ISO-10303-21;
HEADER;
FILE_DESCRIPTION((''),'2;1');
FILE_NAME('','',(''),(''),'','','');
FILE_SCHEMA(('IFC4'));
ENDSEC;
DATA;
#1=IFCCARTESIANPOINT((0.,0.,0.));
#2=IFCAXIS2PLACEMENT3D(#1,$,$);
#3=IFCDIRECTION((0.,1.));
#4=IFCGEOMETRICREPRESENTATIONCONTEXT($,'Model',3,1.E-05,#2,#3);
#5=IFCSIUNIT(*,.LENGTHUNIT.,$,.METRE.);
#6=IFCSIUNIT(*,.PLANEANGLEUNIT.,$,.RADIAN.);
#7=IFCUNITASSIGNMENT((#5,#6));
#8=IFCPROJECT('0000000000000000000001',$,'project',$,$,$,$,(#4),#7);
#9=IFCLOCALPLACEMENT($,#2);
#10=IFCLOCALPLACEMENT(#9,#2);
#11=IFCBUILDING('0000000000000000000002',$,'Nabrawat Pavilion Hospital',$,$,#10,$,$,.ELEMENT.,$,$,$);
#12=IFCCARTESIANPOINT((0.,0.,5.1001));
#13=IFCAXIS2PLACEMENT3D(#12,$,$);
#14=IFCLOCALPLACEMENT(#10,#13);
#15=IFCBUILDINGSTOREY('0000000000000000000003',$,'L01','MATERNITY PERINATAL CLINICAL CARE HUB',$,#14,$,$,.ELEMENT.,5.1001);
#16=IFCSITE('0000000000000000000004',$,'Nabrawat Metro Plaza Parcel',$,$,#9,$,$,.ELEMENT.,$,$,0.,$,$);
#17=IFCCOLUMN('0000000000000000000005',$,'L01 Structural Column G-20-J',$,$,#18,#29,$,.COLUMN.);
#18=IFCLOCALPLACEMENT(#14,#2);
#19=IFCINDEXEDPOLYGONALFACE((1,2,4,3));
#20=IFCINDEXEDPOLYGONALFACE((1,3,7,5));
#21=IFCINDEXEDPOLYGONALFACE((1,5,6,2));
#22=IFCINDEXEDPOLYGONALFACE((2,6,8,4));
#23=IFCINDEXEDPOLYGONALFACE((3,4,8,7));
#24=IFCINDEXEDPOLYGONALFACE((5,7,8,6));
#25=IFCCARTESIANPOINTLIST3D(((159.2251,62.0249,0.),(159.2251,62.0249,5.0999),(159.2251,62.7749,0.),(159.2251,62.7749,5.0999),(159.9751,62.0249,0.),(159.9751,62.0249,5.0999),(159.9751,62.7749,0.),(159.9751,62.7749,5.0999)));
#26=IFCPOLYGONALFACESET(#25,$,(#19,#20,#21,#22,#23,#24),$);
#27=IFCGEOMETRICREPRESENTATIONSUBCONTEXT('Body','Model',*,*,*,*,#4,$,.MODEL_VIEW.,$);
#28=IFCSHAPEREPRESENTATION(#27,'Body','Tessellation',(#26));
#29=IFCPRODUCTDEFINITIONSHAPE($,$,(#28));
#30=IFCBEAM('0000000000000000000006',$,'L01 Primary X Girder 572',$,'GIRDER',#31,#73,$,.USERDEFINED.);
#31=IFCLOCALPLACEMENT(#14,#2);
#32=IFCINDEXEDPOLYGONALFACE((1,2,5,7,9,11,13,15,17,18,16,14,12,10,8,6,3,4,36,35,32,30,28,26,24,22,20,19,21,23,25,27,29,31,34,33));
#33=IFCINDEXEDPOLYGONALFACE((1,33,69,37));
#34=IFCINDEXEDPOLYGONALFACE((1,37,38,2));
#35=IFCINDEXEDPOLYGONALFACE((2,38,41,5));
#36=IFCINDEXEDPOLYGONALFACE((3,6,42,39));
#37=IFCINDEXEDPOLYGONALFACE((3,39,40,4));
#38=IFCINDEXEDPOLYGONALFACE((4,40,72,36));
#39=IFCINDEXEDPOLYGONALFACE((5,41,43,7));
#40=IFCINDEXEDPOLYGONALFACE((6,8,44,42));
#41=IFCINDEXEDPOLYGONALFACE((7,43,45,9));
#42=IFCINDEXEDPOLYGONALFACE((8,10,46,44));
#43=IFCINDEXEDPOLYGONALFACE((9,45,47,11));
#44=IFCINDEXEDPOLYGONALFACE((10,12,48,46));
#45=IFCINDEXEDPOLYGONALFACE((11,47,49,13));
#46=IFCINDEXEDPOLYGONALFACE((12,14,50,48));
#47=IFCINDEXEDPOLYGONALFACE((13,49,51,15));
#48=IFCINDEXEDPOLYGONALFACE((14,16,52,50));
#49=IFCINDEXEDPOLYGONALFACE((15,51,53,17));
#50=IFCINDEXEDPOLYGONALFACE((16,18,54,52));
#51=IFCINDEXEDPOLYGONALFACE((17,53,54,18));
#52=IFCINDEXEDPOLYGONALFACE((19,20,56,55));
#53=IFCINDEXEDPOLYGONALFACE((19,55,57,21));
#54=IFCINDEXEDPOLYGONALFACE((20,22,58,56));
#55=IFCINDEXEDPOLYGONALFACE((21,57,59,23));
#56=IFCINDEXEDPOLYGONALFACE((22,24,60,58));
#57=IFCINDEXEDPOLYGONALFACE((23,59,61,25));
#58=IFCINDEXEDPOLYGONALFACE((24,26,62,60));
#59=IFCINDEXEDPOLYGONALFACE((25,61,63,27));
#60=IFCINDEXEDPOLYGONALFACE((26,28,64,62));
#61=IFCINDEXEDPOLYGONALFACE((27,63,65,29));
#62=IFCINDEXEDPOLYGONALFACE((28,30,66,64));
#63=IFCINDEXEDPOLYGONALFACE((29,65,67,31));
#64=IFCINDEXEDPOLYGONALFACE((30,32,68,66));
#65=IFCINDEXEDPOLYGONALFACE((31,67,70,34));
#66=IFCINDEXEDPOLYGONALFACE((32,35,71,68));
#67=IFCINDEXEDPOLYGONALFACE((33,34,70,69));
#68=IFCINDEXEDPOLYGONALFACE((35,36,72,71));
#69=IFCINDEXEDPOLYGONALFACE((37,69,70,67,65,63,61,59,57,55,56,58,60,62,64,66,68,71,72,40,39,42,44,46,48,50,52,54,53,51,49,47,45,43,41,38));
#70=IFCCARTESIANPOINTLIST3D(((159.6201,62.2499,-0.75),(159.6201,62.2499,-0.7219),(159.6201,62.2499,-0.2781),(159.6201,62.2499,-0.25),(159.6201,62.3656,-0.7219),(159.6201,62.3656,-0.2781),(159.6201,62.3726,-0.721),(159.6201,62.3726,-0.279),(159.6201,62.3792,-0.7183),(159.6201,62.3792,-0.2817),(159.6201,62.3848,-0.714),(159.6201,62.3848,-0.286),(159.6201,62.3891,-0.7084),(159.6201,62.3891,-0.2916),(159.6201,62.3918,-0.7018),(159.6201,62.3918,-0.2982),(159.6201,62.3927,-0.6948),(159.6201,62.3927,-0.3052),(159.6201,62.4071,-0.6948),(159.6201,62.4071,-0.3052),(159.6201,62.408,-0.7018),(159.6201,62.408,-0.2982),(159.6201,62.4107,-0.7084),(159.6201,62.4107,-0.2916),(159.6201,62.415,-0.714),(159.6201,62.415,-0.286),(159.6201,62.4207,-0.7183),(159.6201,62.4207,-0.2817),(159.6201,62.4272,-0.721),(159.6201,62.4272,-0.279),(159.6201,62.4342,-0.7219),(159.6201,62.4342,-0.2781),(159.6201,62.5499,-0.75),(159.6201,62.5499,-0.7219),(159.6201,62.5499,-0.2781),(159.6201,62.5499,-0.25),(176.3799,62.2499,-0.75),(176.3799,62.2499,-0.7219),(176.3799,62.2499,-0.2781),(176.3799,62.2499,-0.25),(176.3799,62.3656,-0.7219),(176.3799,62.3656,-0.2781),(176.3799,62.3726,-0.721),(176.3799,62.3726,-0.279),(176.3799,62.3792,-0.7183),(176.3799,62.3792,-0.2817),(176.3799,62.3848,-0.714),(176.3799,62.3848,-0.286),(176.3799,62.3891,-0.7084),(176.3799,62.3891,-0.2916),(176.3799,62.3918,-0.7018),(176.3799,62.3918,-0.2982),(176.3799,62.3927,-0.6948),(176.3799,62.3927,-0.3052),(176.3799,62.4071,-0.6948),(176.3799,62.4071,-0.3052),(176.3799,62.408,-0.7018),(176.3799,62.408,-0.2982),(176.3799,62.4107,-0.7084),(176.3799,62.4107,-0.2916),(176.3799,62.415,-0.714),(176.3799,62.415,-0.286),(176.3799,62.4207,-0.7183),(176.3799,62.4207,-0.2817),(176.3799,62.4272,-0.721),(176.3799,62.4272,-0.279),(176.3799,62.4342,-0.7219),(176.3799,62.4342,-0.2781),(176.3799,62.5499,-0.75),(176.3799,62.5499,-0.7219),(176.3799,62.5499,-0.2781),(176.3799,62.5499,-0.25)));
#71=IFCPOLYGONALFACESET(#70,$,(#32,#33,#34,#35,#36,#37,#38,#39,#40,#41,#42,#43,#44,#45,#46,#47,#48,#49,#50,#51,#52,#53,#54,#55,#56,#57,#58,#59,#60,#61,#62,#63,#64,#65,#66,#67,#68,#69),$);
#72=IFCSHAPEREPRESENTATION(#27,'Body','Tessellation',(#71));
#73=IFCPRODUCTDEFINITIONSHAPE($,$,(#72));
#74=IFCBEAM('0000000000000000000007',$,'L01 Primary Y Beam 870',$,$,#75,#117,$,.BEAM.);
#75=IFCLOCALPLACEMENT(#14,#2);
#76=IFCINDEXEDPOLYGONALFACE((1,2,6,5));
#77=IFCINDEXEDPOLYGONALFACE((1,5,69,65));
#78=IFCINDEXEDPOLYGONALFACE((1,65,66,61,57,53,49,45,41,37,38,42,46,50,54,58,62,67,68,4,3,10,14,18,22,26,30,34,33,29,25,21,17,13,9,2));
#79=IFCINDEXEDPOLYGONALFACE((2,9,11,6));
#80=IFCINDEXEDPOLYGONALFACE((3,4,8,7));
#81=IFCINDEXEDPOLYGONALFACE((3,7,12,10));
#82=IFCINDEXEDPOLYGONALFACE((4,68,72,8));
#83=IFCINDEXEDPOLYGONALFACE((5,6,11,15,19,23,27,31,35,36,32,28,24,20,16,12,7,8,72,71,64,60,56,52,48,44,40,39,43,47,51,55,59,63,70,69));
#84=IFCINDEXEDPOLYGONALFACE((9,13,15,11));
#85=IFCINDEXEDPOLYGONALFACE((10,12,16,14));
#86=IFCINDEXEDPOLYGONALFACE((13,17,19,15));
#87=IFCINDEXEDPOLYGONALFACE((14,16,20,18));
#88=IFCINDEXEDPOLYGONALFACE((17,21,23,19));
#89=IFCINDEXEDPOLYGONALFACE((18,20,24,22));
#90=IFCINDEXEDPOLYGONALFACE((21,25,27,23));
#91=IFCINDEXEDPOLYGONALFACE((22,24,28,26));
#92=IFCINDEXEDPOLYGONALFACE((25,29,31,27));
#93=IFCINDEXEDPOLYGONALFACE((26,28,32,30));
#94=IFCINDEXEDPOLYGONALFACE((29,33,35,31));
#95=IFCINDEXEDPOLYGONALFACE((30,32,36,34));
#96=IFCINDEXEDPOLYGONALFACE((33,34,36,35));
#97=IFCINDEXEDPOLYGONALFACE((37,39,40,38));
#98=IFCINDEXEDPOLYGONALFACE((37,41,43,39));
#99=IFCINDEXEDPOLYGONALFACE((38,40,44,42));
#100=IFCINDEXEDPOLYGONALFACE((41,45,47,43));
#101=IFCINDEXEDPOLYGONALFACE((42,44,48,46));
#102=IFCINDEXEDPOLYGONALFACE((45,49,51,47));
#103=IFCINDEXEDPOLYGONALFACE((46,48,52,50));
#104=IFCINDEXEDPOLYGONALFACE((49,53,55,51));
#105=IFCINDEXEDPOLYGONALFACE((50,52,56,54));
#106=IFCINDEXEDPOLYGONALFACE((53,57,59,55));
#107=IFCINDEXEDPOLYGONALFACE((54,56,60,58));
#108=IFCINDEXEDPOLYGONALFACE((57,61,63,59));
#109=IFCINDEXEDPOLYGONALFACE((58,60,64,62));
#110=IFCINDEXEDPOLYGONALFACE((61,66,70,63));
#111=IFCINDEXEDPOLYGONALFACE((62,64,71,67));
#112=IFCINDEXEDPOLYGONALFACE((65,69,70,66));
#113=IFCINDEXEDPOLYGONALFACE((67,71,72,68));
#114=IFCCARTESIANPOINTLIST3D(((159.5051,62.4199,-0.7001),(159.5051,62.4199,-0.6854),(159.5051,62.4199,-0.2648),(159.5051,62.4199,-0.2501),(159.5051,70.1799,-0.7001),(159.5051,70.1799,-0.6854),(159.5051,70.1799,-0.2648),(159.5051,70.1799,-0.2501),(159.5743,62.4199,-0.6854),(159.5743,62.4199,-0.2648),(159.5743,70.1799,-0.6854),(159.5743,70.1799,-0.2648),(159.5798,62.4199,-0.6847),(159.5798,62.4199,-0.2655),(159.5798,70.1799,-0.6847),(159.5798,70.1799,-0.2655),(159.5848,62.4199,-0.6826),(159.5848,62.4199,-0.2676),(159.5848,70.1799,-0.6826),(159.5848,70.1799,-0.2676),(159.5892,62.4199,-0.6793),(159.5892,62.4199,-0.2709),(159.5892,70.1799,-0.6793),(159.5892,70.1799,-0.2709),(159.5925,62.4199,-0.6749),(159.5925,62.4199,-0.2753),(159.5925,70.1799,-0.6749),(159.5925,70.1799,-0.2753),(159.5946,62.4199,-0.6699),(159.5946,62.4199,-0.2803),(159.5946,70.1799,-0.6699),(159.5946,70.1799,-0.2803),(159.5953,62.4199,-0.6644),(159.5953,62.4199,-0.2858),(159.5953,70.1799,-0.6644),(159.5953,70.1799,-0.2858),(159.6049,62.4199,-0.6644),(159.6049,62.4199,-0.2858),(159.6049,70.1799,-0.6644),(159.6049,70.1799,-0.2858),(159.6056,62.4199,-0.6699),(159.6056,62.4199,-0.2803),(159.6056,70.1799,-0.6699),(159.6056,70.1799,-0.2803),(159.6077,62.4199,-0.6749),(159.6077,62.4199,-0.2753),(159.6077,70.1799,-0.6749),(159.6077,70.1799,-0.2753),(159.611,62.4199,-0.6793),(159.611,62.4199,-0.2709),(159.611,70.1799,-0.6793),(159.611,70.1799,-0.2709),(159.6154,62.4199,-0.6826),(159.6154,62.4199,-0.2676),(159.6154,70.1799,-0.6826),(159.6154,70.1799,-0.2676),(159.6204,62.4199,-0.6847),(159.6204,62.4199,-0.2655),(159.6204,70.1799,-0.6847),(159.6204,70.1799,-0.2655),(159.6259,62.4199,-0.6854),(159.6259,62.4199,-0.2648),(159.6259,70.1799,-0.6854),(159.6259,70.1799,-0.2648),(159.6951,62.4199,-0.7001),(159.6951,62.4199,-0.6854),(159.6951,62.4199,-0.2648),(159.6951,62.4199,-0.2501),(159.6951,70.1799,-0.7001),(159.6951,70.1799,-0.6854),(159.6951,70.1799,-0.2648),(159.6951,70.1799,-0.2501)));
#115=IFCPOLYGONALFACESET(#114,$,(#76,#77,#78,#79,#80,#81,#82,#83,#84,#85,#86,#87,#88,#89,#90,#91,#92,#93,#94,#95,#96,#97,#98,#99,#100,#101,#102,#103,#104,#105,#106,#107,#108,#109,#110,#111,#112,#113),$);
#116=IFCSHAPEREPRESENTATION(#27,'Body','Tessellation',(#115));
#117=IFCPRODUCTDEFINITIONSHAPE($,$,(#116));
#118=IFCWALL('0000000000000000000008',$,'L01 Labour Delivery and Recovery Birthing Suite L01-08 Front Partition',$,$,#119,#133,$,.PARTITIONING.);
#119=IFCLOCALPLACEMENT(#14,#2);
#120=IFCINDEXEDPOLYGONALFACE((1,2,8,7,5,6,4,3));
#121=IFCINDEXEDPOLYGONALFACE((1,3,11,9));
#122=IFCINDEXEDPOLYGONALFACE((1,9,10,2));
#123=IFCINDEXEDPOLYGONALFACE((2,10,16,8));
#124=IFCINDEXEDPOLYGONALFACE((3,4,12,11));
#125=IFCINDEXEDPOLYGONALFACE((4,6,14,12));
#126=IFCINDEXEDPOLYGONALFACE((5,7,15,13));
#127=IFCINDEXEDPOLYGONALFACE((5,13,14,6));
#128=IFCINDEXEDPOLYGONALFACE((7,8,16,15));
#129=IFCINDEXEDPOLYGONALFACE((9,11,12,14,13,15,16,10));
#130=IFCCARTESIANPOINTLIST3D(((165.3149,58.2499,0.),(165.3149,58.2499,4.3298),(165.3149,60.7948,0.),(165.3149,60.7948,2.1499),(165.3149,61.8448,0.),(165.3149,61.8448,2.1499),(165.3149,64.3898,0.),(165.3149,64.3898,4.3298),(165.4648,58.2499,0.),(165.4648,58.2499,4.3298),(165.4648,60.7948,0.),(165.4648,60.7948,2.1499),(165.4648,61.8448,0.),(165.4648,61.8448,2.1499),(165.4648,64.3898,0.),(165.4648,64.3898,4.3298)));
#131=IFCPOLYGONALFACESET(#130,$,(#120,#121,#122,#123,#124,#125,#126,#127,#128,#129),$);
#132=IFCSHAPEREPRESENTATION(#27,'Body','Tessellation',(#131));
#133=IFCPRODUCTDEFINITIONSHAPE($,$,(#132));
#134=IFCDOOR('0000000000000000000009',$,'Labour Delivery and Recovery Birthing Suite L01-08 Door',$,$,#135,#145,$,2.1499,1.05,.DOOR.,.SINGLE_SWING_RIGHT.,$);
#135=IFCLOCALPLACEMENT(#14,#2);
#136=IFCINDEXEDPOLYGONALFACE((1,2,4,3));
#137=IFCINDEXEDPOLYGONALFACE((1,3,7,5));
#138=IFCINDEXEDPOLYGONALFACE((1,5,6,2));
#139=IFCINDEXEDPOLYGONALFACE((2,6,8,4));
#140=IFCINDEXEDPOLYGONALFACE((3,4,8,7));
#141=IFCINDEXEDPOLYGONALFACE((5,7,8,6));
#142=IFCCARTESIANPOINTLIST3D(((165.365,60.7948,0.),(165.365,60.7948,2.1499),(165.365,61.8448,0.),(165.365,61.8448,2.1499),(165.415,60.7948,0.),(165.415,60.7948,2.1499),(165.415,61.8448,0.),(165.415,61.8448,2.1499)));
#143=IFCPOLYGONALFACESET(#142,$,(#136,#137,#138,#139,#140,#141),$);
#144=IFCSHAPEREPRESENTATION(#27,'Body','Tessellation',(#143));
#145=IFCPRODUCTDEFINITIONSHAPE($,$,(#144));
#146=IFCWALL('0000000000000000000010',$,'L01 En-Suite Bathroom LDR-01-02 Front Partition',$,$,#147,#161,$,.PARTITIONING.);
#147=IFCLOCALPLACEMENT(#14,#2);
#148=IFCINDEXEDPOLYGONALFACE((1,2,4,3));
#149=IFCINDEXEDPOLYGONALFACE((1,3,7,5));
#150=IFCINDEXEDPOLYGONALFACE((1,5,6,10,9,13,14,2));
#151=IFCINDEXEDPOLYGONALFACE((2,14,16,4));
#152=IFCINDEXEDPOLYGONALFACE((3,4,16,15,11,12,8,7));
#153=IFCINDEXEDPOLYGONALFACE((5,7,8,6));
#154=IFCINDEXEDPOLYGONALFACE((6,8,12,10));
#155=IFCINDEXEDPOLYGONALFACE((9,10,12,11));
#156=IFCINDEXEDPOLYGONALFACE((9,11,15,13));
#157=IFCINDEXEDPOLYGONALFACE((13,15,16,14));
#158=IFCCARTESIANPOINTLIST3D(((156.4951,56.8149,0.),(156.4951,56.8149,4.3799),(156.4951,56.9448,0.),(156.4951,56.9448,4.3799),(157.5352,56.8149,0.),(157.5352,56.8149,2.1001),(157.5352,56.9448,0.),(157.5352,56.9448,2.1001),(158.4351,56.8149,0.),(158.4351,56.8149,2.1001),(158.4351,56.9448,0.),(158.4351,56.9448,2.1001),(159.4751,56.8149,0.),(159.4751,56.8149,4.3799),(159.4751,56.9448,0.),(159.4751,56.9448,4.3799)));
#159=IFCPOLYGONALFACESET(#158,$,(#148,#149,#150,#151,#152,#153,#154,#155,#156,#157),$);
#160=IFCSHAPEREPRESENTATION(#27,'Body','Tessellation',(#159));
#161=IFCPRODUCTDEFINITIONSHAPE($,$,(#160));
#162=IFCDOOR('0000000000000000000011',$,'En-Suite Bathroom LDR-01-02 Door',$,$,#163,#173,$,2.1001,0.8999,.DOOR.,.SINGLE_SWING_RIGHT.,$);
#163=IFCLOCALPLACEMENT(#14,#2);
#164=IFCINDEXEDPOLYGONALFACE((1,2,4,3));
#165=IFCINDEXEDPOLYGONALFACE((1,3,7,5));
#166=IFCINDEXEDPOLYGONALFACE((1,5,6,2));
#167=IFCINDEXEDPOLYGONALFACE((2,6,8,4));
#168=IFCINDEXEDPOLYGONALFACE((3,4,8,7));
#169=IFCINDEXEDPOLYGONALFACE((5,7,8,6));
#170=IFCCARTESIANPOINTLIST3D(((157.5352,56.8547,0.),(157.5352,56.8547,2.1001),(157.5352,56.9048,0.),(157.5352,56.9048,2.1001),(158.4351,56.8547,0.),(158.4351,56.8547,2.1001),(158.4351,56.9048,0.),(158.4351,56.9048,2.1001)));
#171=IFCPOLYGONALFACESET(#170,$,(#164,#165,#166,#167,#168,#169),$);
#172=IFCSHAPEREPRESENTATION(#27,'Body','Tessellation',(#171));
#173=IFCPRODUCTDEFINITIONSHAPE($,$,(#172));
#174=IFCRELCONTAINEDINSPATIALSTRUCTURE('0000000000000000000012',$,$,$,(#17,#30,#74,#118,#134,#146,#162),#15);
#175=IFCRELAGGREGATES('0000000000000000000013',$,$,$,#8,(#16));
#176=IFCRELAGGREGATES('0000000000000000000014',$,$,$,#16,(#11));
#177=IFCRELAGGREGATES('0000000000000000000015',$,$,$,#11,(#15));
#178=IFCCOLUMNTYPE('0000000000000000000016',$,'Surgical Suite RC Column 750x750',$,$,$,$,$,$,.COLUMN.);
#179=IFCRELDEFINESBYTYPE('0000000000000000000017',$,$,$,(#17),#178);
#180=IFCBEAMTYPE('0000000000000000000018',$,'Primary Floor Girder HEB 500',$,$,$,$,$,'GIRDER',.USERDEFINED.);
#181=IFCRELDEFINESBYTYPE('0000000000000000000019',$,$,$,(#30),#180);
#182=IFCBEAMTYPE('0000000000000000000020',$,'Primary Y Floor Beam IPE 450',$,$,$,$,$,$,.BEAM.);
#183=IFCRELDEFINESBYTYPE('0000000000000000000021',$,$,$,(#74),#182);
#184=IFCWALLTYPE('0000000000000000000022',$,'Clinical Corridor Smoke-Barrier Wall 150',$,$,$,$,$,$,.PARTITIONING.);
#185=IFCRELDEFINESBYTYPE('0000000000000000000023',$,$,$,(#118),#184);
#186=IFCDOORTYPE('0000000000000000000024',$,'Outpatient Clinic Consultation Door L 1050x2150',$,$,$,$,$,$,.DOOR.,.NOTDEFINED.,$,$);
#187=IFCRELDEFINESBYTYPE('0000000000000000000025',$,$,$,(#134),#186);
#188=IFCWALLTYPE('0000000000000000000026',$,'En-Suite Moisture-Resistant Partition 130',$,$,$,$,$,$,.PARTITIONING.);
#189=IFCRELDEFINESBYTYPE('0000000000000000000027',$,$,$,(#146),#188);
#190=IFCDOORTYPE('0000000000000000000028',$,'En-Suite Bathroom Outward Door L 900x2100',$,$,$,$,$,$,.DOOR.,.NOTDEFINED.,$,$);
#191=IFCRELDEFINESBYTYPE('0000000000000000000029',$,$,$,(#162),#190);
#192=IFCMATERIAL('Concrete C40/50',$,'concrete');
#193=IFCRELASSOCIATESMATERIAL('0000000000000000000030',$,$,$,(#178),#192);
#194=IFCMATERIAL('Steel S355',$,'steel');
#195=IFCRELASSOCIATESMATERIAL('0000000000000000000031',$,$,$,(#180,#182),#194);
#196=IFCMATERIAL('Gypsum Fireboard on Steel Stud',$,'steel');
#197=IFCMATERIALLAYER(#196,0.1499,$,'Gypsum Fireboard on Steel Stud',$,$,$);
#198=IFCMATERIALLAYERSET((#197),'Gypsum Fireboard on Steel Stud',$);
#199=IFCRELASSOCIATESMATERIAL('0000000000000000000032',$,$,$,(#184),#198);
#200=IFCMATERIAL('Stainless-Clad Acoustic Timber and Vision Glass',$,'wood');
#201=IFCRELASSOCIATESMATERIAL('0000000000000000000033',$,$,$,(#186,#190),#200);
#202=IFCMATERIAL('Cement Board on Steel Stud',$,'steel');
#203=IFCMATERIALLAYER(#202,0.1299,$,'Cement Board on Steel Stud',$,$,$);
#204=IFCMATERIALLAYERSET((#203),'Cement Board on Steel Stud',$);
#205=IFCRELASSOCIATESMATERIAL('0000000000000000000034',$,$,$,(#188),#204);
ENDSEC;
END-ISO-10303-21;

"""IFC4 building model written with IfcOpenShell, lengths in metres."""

from ifc_helpers import new_model, si_unit, direction, frame, frame_2d, origin, origin_2d, place, context, subcontext, project, spatial, rectangle, i_section, extrude, material, layer, layer_set, material_profile, profile_set, type_object, element, fill, save


model = new_model("IFC4")

# Units and contexts
model_context = context("Model", 3, precision=1e-05, world=origin(), true_north=direction((0.0, 1.0)))
body_context = subcontext(model_context, "Body", "Model", "MODEL_VIEW")
ifc_project = project(units=[si_unit("LENGTHUNIT", "METRE"), si_unit("PLANEANGLEUNIT", "RADIAN")], contexts=[model_context])

# Site, building, storey
site_placement = place(None, origin())
site = spatial("IfcSite", under=ifc_project, at=site_placement, Name="Nabrawat Metro Plaza Parcel", CompositionType="ELEMENT", RefElevation=0.0)
building_placement = place(site_placement, origin())
building = spatial("IfcBuilding", under=site, at=building_placement, Name="Nabrawat Pavilion Hospital", CompositionType="ELEMENT")
storey_placement = place(building_placement, frame((0.0, 0.0, 5.1001)))
storey = spatial("IfcBuildingStorey", under=building, at=storey_placement, Name="L01", Description="MATERNITY PERINATAL CLINICAL CARE HUB", CompositionType="ELEMENT", Elevation=5.1001)

# Column
ifc_material_1 = material(Name="Concrete C40/50", Category="concrete")
ifc_material_profile_1 = material_profile(ifc_material_1, rectangle(XDim=0.75, YDim=0.75, at=origin_2d()), Name="RC 750x750")
ifc_profile_set_1 = profile_set([ifc_material_profile_1], Name="Concrete C40/50")
column_type = type_object("IfcColumnType", Name="Surgical Suite RC Column 750x750", PredefinedType="COLUMN", material=ifc_profile_set_1)
column_placement = place(storey_placement, frame((159.6001, 62.3999, 0.0), z_axis=(0.0, 0.0, 1.0), x_axis=(1.0, 0.0, 0.0)))
element("IfcColumn", 1, at=column_placement, inside=storey, type_object=column_type, Name="L01 Structural Column G-20-J", PredefinedType="COLUMN", context=body_context, shape_type="SweptSolid", body=[
    extrude(rectangle(XDim=0.75, YDim=0.75, at=origin_2d()), origin(), (0.0, 0.0, 1.0), 5.0999),
])

# Beams
ifc_material_2 = material(Name="Steel S355", Category="steel")
ifc_material_profile_2 = material_profile(ifc_material_2, i_section(OverallWidth=0.3, OverallDepth=0.5, WebThickness=0.0144, FlangeThickness=0.0281, FilletRadius=0.0271, at=origin_2d()), Name="HEB 500")
ifc_profile_set_2 = profile_set([ifc_material_profile_2], Name="Steel S355")
beam_type_1 = type_object("IfcBeamType", Name="Primary Floor Girder HEB 500", ElementType="GIRDER", PredefinedType="USERDEFINED", material=ifc_profile_set_2)
beam_1_placement = place(storey_placement, frame((159.6201, 62.3999, -0.5), z_axis=(1.0, 0.0, 0.0), x_axis=(0.0, 1.0, 0.0)))
element("IfcBeam", 2, at=beam_1_placement, inside=storey, type_object=beam_type_1, Name="L01 Primary X Girder 572", ObjectType="GIRDER", PredefinedType="USERDEFINED", context=body_context, shape_type="SweptSolid", body=[
    extrude(i_section(OverallWidth=0.3, OverallDepth=0.5, WebThickness=0.0144, FlangeThickness=0.0281, FilletRadius=0.0271, at=origin_2d()), origin(), (0.0, 0.0, 1.0), 16.7598),
])
ifc_material_profile_3 = material_profile(ifc_material_2, i_section(OverallWidth=0.1899, OverallDepth=0.45, WebThickness=0.0095, FlangeThickness=0.0146, FilletRadius=0.021, at=origin_2d()), Name="IPE 450")
ifc_profile_set_3 = profile_set([ifc_material_profile_3], Name="Steel S355")
beam_type_2 = type_object("IfcBeamType", Name="Primary Y Floor Beam IPE 450", PredefinedType="BEAM", material=ifc_profile_set_3)
beam_2_placement = place(storey_placement, frame((159.6001, 62.4199, -0.4751), z_axis=(0.0, 1.0, 0.0), x_axis=(-1.0, 0.0, 0.0)))
element("IfcBeam", 3, at=beam_2_placement, inside=storey, type_object=beam_type_2, Name="L01 Primary Y Beam 870", PredefinedType="BEAM", context=body_context, shape_type="SweptSolid", body=[
    extrude(i_section(OverallWidth=0.1899, OverallDepth=0.45, WebThickness=0.0095, FlangeThickness=0.0146, FilletRadius=0.021, at=origin_2d()), origin(), (0.0, 0.0, 1.0), 7.76),
])

# Walls, openings, doors
ifc_material_3 = material(Name="Gypsum Fireboard on Steel Stud", Category="steel")
ifc_layer_1 = layer(ifc_material_3, 0.1499, Name="Gypsum Fireboard on Steel Stud")
ifc_layer_set_1 = layer_set([ifc_layer_1], Name="Gypsum Fireboard on Steel Stud")
wall_type_1 = type_object("IfcWallType", Name="Clinical Corridor Smoke-Barrier Wall 150", PredefinedType="PARTITIONING", material=ifc_layer_set_1)
wall_1_placement = place(storey_placement, frame((165.3899, 58.25, 0.0), z_axis=(0.0, 0.0, 1.0), x_axis=(0.0, 1.0, 0.0)))
wall_1 = element("IfcWall", 4, at=wall_1_placement, inside=storey, type_object=wall_type_1, Name="L01 Labour Delivery and Recovery Birthing Suite L01-08 Front Partition", PredefinedType="PARTITIONING", context=body_context, shape_type="SweptSolid", body=[
    extrude(rectangle(XDim=6.1399, YDim=0.1499, at=frame_2d((3.0698, 0.0))), origin(), (0.0, 0.0, 1.0), 4.3298),
])
opening_1_placement = place(wall_1_placement, frame((2.5449, 0.0, 0.0)))
opening_1 = element("IfcOpeningElement", 5, at=opening_1_placement, cuts=wall_1, PredefinedType="OPENING", context=body_context, shape_type="SweptSolid", body=[
    extrude(rectangle(XDim=1.05, YDim=2.1499, at=frame_2d((0.5249, 1.075))), frame((0.0, 0.085, 0.0), z_axis=(0.0, -1.0, 0.0), x_axis=(1.0, 0.0, 0.0)), (0.0, 0.0, 1.0), 0.1699),
])
ifc_material_4 = material(Name="Stainless-Clad Acoustic Timber and Vision Glass", Category="wood")
door_type_1 = type_object("IfcDoorType", Name="Outpatient Clinic Consultation Door L 1050x2150", OperationType="NOTDEFINED", PredefinedType="DOOR", material=ifc_material_4)
door_1_placement = place(opening_1_placement, origin())
door_1 = element("IfcDoor", 6, at=door_1_placement, inside=storey, type_object=door_type_1, Name="Labour Delivery and Recovery Birthing Suite L01-08 Door", OperationType="SINGLE_SWING_RIGHT", OverallHeight=2.1499, OverallWidth=1.05, PredefinedType="DOOR", context=body_context, shape_type="SweptSolid", body=[
    extrude(rectangle(XDim=1.05, YDim=2.1499, at=frame_2d((0.5249, 1.075))), frame((0.0, 0.0249, 0.0), z_axis=(0.0, -1.0, 0.0), x_axis=(1.0, 0.0, 0.0)), (0.0, 0.0, 1.0), 0.05),
])
fill(opening_1, door_1)
ifc_material_5 = material(Name="Cement Board on Steel Stud", Category="steel")
ifc_layer_2 = layer(ifc_material_5, 0.1299, Name="Cement Board on Steel Stud")
ifc_layer_set_2 = layer_set([ifc_layer_2], Name="Cement Board on Steel Stud")
wall_type_2 = type_object("IfcWallType", Name="En-Suite Moisture-Resistant Partition 130", PredefinedType="PARTITIONING", material=ifc_layer_set_2)
wall_2_placement = place(storey_placement, frame((156.4951, 56.8799, 0.0), z_axis=(0.0, 0.0, 1.0), x_axis=(1.0, 0.0, 0.0)))
wall_2 = element("IfcWall", 7, at=wall_2_placement, inside=storey, type_object=wall_type_2, Name="L01 En-Suite Bathroom LDR-01-02 Front Partition", PredefinedType="PARTITIONING", context=body_context, shape_type="SweptSolid", body=[
    extrude(rectangle(XDim=2.98, YDim=0.1299, at=frame_2d((1.49, 0.0))), origin(), (0.0, 0.0, 1.0), 4.3799),
])
opening_2_placement = place(wall_2_placement, frame((1.04, 0.0, 0.0)))
opening_2 = element("IfcOpeningElement", 8, at=opening_2_placement, cuts=wall_2, PredefinedType="OPENING", context=body_context, shape_type="SweptSolid", body=[
    extrude(rectangle(XDim=0.8999, YDim=2.1001, at=frame_2d((0.45, 1.05))), frame((0.0, 0.075, 0.0), z_axis=(0.0, -1.0, 0.0), x_axis=(1.0, 0.0, 0.0)), (0.0, 0.0, 1.0), 0.1499),
])
door_type_2 = type_object("IfcDoorType", Name="En-Suite Bathroom Outward Door L 900x2100", OperationType="NOTDEFINED", PredefinedType="DOOR", material=ifc_material_4)
door_2_placement = place(opening_2_placement, origin())
door_2 = element("IfcDoor", 9, at=door_2_placement, inside=storey, type_object=door_type_2, Name="En-Suite Bathroom LDR-01-02 Door", OperationType="SINGLE_SWING_RIGHT", OverallHeight=2.1001, OverallWidth=0.8999, PredefinedType="DOOR", context=body_context, shape_type="SweptSolid", body=[
    extrude(rectangle(XDim=0.8999, YDim=2.1001, at=frame_2d((0.45, 1.05))), frame((0.0, 0.0249, 0.0), z_axis=(0.0, -1.0, 0.0), x_axis=(1.0, 0.0, 0.0)), (0.0, 0.0, 1.0), 0.05),
])
fill(opening_2, door_2)

save(model, "model.ifc")
